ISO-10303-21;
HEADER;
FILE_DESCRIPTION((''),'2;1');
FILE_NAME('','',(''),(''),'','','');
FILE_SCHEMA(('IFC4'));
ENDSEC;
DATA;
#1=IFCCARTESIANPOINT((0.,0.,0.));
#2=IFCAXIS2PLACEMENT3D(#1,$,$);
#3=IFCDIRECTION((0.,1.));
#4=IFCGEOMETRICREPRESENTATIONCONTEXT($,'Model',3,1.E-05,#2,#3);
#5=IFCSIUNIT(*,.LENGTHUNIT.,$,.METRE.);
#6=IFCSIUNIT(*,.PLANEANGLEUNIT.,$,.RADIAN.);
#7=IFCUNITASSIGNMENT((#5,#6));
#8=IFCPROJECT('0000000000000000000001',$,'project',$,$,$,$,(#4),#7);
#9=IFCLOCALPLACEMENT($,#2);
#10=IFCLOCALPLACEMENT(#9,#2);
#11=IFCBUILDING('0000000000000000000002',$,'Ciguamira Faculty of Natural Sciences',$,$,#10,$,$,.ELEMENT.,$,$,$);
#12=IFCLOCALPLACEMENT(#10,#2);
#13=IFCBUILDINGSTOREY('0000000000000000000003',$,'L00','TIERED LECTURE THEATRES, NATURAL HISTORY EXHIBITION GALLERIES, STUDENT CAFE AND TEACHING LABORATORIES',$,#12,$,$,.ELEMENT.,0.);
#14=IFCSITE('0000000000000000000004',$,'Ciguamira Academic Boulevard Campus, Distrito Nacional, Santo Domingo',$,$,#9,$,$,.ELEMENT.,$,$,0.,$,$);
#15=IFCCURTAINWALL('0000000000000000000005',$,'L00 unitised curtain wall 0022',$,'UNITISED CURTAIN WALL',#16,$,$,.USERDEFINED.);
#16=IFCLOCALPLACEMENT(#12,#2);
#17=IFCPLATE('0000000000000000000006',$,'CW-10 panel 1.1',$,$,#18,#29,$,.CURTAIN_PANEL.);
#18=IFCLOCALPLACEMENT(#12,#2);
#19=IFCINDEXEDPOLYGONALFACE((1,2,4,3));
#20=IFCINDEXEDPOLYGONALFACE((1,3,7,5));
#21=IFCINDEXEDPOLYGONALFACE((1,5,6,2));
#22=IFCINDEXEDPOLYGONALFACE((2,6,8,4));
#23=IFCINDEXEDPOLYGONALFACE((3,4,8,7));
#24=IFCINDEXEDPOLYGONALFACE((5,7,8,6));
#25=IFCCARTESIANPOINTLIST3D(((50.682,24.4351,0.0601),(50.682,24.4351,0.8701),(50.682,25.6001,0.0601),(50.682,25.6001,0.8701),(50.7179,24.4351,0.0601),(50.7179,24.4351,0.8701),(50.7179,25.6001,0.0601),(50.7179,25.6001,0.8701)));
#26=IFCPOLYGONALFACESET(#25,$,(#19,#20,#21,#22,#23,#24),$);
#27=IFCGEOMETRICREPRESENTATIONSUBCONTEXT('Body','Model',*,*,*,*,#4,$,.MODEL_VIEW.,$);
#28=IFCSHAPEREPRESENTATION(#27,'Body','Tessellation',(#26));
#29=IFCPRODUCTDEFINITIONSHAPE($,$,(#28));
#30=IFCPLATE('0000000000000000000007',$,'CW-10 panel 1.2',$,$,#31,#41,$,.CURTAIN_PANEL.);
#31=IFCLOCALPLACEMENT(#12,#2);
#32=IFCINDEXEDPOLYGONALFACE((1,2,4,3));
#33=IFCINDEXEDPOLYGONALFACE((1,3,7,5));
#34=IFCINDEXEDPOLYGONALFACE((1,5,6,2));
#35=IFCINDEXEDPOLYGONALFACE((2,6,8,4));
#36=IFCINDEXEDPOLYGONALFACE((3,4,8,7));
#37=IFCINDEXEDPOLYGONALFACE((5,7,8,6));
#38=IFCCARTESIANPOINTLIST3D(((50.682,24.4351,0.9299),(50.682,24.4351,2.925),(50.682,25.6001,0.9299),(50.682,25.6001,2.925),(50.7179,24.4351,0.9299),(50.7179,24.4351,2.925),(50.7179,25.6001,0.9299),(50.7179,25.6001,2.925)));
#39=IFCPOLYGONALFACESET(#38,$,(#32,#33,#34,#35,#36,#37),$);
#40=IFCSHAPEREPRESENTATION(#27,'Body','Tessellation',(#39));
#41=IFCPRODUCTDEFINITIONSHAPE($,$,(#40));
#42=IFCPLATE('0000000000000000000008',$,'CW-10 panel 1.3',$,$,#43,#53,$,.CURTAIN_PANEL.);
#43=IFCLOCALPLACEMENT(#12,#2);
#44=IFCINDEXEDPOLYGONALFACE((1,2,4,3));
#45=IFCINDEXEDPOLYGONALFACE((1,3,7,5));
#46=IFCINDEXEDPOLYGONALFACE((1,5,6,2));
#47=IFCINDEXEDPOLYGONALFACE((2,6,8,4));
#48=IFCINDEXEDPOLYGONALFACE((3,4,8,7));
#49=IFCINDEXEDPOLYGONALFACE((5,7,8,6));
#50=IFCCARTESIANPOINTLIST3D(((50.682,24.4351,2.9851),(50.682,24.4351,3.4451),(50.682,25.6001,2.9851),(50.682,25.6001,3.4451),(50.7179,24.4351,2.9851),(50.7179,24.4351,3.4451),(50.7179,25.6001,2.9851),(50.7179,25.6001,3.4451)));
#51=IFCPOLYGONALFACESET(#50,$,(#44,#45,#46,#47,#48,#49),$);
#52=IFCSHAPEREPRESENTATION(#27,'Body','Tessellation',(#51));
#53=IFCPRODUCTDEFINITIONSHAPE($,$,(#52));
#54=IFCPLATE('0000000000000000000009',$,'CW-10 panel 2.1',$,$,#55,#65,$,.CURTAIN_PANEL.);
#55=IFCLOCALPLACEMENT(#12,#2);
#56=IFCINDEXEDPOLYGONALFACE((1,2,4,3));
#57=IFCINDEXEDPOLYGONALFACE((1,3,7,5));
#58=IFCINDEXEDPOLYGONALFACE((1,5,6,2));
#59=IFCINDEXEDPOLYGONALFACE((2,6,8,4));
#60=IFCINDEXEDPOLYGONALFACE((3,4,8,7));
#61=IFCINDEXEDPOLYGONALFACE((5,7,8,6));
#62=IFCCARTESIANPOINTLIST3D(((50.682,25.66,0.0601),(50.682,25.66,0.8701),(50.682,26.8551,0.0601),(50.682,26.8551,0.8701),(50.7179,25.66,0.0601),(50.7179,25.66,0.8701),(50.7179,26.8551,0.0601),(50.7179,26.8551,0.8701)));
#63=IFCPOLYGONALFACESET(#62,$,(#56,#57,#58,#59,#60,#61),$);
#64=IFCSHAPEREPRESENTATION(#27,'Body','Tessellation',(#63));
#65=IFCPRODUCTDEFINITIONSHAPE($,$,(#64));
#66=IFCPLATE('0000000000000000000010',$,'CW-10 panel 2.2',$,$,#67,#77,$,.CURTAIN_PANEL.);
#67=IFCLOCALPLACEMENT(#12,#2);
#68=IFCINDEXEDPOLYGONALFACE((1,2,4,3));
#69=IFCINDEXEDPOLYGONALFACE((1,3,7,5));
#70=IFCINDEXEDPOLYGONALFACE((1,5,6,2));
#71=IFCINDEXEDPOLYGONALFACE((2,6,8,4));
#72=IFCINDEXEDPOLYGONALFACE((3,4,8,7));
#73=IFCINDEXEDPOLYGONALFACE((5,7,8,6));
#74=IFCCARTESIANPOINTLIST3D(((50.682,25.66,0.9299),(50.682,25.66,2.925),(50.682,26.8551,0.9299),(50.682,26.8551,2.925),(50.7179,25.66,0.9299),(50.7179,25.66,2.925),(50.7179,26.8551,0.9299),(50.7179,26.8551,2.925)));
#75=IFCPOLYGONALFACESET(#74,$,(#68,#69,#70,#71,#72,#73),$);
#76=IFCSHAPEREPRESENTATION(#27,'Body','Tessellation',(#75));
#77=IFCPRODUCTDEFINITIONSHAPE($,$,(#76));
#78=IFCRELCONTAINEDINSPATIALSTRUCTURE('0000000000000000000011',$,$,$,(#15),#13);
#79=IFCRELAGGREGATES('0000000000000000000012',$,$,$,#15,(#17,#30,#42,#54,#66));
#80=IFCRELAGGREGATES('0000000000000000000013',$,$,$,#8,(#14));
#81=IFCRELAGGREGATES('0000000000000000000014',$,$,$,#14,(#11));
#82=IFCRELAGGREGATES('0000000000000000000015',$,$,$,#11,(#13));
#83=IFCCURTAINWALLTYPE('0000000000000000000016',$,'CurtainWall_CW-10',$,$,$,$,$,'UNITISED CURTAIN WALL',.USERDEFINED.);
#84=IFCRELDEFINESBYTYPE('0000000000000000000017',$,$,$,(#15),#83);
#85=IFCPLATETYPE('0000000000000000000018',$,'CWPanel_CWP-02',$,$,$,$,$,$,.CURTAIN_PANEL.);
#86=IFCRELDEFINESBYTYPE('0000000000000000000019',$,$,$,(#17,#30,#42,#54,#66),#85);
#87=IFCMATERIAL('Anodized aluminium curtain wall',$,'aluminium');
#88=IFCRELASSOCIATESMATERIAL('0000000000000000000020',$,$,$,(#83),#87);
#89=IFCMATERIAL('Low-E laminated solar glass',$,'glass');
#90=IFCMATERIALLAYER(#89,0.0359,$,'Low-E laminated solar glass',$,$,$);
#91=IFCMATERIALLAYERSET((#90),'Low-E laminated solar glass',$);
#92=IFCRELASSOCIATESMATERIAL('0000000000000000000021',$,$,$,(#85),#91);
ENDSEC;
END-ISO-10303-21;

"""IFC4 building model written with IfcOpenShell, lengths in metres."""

from ifc_helpers import new_model, si_unit, direction, frame, origin, origin_2d, place, context, subcontext, project, spatial, rectangle, extrude, material, layer, layer_set, type_object, element, aggregate, save


model = new_model("IFC4")

# Units and contexts
model_context = context("Model", 3, precision=1e-05, world=origin(), true_north=direction((0.0, 1.0)))
body_context = subcontext(model_context, "Body", "Model", "MODEL_VIEW")
ifc_project = project(units=[si_unit("LENGTHUNIT", "METRE"), si_unit("PLANEANGLEUNIT", "RADIAN")], contexts=[model_context])

# Site, building, storey
site_placement = place(None, origin())
site = spatial("IfcSite", under=ifc_project, at=site_placement, Name="Ciguamira Academic Boulevard Campus, Distrito Nacional, Santo Domingo", CompositionType="ELEMENT", RefElevation=0.0)
building_placement = place(site_placement, origin())
building = spatial("IfcBuilding", under=site, at=building_placement, Name="Ciguamira Faculty of Natural Sciences", CompositionType="ELEMENT")
storey_placement = place(building_placement, origin())
storey = spatial("IfcBuildingStorey", under=building, at=storey_placement, Name="L00", Description="TIERED LECTURE THEATRES, NATURAL HISTORY EXHIBITION GALLERIES, STUDENT CAFE AND TEACHING LABORATORIES", CompositionType="ELEMENT", Elevation=0.0)

# Shared definitions
ifc_material_1 = material(Name="Anodized aluminium curtain wall", Category="aluminium")

# Curtain wall
curtain_wall_type_1 = type_object("IfcCurtainWallType", Name="CurtainWall_CW-10", ElementType="UNITISED CURTAIN WALL", PredefinedType="USERDEFINED", material=ifc_material_1)
curtain_wall_1_placement = place(storey_placement, origin())
curtain_wall_1 = element("IfcCurtainWall", 1, at=curtain_wall_1_placement, inside=storey, type_object=curtain_wall_type_1, Name="L00 unitised curtain wall 0022", ObjectType="UNITISED CURTAIN WALL", PredefinedType="USERDEFINED")

# Plates
ifc_material_2 = material(Name="Low-E laminated solar glass", Category="glass")
ifc_layer = layer(ifc_material_2, 0.0359, Name="Low-E laminated solar glass")
ifc_layer_set = layer_set([ifc_layer], Name="Low-E laminated solar glass")
plate_type = type_object("IfcPlateType", Name="CWPanel_CWP-02", PredefinedType="CURTAIN_PANEL", material=ifc_layer_set)
plate_1_placement = place(storey_placement, frame((50.7, 25.0176, 0.0601), z_axis=(0.0, 0.0, 1.0), x_axis=(0.0, 1.0, 0.0)))
plate_1 = element("IfcPlate", 2, at=plate_1_placement, type_object=plate_type, Name="CW-10 panel 1.1", PredefinedType="CURTAIN_PANEL", context=body_context, shape_type="SweptSolid", body=[
    extrude(rectangle(XDim=1.165, YDim=0.0359, at=origin_2d()), origin(), (0.0, 0.0, 1.0), 0.8101),
])
plate_2_placement = place(storey_placement, frame((50.7, 25.0176, 0.9299), z_axis=(0.0, 0.0, 1.0), x_axis=(0.0, 1.0, 0.0)))
plate_2 = element("IfcPlate", 3, at=plate_2_placement, type_object=plate_type, Name="CW-10 panel 1.2", PredefinedType="CURTAIN_PANEL", context=body_context, shape_type="SweptSolid", body=[
    extrude(rectangle(XDim=1.165, YDim=0.0359, at=origin_2d()), origin(), (0.0, 0.0, 1.0), 1.9951),
])
plate_3_placement = place(storey_placement, frame((50.7, 25.0176, 2.9851), z_axis=(0.0, 0.0, 1.0), x_axis=(0.0, 1.0, 0.0)))
plate_3 = element("IfcPlate", 4, at=plate_3_placement, type_object=plate_type, Name="CW-10 panel 1.3", PredefinedType="CURTAIN_PANEL", context=body_context, shape_type="SweptSolid", body=[
    extrude(rectangle(XDim=1.165, YDim=0.0359, at=origin_2d()), origin(), (0.0, 0.0, 1.0), 0.46),
])
plate_4_placement = place(storey_placement, frame((50.7, 26.2576, 0.0601), z_axis=(0.0, 0.0, 1.0), x_axis=(0.0, 1.0, 0.0)))
plate_4 = element("IfcPlate", 5, at=plate_4_placement, type_object=plate_type, Name="CW-10 panel 2.1", PredefinedType="CURTAIN_PANEL", context=body_context, shape_type="SweptSolid", body=[
    extrude(rectangle(XDim=1.1951, YDim=0.0359, at=origin_2d()), origin(), (0.0, 0.0, 1.0), 0.8101),
])
plate_5_placement = place(storey_placement, frame((50.7, 26.2576, 0.9299), z_axis=(0.0, 0.0, 1.0), x_axis=(0.0, 1.0, 0.0)))
plate_5 = element("IfcPlate", 6, at=plate_5_placement, type_object=plate_type, Name="CW-10 panel 2.2", PredefinedType="CURTAIN_PANEL", context=body_context, shape_type="SweptSolid", body=[
    extrude(rectangle(XDim=1.1951, YDim=0.0359, at=origin_2d()), origin(), (0.0, 0.0, 1.0), 1.9951),
])
aggregate(curtain_wall_1, [plate_1, plate_2, plate_3, plate_4, plate_5])

save(model, "model.ifc")
